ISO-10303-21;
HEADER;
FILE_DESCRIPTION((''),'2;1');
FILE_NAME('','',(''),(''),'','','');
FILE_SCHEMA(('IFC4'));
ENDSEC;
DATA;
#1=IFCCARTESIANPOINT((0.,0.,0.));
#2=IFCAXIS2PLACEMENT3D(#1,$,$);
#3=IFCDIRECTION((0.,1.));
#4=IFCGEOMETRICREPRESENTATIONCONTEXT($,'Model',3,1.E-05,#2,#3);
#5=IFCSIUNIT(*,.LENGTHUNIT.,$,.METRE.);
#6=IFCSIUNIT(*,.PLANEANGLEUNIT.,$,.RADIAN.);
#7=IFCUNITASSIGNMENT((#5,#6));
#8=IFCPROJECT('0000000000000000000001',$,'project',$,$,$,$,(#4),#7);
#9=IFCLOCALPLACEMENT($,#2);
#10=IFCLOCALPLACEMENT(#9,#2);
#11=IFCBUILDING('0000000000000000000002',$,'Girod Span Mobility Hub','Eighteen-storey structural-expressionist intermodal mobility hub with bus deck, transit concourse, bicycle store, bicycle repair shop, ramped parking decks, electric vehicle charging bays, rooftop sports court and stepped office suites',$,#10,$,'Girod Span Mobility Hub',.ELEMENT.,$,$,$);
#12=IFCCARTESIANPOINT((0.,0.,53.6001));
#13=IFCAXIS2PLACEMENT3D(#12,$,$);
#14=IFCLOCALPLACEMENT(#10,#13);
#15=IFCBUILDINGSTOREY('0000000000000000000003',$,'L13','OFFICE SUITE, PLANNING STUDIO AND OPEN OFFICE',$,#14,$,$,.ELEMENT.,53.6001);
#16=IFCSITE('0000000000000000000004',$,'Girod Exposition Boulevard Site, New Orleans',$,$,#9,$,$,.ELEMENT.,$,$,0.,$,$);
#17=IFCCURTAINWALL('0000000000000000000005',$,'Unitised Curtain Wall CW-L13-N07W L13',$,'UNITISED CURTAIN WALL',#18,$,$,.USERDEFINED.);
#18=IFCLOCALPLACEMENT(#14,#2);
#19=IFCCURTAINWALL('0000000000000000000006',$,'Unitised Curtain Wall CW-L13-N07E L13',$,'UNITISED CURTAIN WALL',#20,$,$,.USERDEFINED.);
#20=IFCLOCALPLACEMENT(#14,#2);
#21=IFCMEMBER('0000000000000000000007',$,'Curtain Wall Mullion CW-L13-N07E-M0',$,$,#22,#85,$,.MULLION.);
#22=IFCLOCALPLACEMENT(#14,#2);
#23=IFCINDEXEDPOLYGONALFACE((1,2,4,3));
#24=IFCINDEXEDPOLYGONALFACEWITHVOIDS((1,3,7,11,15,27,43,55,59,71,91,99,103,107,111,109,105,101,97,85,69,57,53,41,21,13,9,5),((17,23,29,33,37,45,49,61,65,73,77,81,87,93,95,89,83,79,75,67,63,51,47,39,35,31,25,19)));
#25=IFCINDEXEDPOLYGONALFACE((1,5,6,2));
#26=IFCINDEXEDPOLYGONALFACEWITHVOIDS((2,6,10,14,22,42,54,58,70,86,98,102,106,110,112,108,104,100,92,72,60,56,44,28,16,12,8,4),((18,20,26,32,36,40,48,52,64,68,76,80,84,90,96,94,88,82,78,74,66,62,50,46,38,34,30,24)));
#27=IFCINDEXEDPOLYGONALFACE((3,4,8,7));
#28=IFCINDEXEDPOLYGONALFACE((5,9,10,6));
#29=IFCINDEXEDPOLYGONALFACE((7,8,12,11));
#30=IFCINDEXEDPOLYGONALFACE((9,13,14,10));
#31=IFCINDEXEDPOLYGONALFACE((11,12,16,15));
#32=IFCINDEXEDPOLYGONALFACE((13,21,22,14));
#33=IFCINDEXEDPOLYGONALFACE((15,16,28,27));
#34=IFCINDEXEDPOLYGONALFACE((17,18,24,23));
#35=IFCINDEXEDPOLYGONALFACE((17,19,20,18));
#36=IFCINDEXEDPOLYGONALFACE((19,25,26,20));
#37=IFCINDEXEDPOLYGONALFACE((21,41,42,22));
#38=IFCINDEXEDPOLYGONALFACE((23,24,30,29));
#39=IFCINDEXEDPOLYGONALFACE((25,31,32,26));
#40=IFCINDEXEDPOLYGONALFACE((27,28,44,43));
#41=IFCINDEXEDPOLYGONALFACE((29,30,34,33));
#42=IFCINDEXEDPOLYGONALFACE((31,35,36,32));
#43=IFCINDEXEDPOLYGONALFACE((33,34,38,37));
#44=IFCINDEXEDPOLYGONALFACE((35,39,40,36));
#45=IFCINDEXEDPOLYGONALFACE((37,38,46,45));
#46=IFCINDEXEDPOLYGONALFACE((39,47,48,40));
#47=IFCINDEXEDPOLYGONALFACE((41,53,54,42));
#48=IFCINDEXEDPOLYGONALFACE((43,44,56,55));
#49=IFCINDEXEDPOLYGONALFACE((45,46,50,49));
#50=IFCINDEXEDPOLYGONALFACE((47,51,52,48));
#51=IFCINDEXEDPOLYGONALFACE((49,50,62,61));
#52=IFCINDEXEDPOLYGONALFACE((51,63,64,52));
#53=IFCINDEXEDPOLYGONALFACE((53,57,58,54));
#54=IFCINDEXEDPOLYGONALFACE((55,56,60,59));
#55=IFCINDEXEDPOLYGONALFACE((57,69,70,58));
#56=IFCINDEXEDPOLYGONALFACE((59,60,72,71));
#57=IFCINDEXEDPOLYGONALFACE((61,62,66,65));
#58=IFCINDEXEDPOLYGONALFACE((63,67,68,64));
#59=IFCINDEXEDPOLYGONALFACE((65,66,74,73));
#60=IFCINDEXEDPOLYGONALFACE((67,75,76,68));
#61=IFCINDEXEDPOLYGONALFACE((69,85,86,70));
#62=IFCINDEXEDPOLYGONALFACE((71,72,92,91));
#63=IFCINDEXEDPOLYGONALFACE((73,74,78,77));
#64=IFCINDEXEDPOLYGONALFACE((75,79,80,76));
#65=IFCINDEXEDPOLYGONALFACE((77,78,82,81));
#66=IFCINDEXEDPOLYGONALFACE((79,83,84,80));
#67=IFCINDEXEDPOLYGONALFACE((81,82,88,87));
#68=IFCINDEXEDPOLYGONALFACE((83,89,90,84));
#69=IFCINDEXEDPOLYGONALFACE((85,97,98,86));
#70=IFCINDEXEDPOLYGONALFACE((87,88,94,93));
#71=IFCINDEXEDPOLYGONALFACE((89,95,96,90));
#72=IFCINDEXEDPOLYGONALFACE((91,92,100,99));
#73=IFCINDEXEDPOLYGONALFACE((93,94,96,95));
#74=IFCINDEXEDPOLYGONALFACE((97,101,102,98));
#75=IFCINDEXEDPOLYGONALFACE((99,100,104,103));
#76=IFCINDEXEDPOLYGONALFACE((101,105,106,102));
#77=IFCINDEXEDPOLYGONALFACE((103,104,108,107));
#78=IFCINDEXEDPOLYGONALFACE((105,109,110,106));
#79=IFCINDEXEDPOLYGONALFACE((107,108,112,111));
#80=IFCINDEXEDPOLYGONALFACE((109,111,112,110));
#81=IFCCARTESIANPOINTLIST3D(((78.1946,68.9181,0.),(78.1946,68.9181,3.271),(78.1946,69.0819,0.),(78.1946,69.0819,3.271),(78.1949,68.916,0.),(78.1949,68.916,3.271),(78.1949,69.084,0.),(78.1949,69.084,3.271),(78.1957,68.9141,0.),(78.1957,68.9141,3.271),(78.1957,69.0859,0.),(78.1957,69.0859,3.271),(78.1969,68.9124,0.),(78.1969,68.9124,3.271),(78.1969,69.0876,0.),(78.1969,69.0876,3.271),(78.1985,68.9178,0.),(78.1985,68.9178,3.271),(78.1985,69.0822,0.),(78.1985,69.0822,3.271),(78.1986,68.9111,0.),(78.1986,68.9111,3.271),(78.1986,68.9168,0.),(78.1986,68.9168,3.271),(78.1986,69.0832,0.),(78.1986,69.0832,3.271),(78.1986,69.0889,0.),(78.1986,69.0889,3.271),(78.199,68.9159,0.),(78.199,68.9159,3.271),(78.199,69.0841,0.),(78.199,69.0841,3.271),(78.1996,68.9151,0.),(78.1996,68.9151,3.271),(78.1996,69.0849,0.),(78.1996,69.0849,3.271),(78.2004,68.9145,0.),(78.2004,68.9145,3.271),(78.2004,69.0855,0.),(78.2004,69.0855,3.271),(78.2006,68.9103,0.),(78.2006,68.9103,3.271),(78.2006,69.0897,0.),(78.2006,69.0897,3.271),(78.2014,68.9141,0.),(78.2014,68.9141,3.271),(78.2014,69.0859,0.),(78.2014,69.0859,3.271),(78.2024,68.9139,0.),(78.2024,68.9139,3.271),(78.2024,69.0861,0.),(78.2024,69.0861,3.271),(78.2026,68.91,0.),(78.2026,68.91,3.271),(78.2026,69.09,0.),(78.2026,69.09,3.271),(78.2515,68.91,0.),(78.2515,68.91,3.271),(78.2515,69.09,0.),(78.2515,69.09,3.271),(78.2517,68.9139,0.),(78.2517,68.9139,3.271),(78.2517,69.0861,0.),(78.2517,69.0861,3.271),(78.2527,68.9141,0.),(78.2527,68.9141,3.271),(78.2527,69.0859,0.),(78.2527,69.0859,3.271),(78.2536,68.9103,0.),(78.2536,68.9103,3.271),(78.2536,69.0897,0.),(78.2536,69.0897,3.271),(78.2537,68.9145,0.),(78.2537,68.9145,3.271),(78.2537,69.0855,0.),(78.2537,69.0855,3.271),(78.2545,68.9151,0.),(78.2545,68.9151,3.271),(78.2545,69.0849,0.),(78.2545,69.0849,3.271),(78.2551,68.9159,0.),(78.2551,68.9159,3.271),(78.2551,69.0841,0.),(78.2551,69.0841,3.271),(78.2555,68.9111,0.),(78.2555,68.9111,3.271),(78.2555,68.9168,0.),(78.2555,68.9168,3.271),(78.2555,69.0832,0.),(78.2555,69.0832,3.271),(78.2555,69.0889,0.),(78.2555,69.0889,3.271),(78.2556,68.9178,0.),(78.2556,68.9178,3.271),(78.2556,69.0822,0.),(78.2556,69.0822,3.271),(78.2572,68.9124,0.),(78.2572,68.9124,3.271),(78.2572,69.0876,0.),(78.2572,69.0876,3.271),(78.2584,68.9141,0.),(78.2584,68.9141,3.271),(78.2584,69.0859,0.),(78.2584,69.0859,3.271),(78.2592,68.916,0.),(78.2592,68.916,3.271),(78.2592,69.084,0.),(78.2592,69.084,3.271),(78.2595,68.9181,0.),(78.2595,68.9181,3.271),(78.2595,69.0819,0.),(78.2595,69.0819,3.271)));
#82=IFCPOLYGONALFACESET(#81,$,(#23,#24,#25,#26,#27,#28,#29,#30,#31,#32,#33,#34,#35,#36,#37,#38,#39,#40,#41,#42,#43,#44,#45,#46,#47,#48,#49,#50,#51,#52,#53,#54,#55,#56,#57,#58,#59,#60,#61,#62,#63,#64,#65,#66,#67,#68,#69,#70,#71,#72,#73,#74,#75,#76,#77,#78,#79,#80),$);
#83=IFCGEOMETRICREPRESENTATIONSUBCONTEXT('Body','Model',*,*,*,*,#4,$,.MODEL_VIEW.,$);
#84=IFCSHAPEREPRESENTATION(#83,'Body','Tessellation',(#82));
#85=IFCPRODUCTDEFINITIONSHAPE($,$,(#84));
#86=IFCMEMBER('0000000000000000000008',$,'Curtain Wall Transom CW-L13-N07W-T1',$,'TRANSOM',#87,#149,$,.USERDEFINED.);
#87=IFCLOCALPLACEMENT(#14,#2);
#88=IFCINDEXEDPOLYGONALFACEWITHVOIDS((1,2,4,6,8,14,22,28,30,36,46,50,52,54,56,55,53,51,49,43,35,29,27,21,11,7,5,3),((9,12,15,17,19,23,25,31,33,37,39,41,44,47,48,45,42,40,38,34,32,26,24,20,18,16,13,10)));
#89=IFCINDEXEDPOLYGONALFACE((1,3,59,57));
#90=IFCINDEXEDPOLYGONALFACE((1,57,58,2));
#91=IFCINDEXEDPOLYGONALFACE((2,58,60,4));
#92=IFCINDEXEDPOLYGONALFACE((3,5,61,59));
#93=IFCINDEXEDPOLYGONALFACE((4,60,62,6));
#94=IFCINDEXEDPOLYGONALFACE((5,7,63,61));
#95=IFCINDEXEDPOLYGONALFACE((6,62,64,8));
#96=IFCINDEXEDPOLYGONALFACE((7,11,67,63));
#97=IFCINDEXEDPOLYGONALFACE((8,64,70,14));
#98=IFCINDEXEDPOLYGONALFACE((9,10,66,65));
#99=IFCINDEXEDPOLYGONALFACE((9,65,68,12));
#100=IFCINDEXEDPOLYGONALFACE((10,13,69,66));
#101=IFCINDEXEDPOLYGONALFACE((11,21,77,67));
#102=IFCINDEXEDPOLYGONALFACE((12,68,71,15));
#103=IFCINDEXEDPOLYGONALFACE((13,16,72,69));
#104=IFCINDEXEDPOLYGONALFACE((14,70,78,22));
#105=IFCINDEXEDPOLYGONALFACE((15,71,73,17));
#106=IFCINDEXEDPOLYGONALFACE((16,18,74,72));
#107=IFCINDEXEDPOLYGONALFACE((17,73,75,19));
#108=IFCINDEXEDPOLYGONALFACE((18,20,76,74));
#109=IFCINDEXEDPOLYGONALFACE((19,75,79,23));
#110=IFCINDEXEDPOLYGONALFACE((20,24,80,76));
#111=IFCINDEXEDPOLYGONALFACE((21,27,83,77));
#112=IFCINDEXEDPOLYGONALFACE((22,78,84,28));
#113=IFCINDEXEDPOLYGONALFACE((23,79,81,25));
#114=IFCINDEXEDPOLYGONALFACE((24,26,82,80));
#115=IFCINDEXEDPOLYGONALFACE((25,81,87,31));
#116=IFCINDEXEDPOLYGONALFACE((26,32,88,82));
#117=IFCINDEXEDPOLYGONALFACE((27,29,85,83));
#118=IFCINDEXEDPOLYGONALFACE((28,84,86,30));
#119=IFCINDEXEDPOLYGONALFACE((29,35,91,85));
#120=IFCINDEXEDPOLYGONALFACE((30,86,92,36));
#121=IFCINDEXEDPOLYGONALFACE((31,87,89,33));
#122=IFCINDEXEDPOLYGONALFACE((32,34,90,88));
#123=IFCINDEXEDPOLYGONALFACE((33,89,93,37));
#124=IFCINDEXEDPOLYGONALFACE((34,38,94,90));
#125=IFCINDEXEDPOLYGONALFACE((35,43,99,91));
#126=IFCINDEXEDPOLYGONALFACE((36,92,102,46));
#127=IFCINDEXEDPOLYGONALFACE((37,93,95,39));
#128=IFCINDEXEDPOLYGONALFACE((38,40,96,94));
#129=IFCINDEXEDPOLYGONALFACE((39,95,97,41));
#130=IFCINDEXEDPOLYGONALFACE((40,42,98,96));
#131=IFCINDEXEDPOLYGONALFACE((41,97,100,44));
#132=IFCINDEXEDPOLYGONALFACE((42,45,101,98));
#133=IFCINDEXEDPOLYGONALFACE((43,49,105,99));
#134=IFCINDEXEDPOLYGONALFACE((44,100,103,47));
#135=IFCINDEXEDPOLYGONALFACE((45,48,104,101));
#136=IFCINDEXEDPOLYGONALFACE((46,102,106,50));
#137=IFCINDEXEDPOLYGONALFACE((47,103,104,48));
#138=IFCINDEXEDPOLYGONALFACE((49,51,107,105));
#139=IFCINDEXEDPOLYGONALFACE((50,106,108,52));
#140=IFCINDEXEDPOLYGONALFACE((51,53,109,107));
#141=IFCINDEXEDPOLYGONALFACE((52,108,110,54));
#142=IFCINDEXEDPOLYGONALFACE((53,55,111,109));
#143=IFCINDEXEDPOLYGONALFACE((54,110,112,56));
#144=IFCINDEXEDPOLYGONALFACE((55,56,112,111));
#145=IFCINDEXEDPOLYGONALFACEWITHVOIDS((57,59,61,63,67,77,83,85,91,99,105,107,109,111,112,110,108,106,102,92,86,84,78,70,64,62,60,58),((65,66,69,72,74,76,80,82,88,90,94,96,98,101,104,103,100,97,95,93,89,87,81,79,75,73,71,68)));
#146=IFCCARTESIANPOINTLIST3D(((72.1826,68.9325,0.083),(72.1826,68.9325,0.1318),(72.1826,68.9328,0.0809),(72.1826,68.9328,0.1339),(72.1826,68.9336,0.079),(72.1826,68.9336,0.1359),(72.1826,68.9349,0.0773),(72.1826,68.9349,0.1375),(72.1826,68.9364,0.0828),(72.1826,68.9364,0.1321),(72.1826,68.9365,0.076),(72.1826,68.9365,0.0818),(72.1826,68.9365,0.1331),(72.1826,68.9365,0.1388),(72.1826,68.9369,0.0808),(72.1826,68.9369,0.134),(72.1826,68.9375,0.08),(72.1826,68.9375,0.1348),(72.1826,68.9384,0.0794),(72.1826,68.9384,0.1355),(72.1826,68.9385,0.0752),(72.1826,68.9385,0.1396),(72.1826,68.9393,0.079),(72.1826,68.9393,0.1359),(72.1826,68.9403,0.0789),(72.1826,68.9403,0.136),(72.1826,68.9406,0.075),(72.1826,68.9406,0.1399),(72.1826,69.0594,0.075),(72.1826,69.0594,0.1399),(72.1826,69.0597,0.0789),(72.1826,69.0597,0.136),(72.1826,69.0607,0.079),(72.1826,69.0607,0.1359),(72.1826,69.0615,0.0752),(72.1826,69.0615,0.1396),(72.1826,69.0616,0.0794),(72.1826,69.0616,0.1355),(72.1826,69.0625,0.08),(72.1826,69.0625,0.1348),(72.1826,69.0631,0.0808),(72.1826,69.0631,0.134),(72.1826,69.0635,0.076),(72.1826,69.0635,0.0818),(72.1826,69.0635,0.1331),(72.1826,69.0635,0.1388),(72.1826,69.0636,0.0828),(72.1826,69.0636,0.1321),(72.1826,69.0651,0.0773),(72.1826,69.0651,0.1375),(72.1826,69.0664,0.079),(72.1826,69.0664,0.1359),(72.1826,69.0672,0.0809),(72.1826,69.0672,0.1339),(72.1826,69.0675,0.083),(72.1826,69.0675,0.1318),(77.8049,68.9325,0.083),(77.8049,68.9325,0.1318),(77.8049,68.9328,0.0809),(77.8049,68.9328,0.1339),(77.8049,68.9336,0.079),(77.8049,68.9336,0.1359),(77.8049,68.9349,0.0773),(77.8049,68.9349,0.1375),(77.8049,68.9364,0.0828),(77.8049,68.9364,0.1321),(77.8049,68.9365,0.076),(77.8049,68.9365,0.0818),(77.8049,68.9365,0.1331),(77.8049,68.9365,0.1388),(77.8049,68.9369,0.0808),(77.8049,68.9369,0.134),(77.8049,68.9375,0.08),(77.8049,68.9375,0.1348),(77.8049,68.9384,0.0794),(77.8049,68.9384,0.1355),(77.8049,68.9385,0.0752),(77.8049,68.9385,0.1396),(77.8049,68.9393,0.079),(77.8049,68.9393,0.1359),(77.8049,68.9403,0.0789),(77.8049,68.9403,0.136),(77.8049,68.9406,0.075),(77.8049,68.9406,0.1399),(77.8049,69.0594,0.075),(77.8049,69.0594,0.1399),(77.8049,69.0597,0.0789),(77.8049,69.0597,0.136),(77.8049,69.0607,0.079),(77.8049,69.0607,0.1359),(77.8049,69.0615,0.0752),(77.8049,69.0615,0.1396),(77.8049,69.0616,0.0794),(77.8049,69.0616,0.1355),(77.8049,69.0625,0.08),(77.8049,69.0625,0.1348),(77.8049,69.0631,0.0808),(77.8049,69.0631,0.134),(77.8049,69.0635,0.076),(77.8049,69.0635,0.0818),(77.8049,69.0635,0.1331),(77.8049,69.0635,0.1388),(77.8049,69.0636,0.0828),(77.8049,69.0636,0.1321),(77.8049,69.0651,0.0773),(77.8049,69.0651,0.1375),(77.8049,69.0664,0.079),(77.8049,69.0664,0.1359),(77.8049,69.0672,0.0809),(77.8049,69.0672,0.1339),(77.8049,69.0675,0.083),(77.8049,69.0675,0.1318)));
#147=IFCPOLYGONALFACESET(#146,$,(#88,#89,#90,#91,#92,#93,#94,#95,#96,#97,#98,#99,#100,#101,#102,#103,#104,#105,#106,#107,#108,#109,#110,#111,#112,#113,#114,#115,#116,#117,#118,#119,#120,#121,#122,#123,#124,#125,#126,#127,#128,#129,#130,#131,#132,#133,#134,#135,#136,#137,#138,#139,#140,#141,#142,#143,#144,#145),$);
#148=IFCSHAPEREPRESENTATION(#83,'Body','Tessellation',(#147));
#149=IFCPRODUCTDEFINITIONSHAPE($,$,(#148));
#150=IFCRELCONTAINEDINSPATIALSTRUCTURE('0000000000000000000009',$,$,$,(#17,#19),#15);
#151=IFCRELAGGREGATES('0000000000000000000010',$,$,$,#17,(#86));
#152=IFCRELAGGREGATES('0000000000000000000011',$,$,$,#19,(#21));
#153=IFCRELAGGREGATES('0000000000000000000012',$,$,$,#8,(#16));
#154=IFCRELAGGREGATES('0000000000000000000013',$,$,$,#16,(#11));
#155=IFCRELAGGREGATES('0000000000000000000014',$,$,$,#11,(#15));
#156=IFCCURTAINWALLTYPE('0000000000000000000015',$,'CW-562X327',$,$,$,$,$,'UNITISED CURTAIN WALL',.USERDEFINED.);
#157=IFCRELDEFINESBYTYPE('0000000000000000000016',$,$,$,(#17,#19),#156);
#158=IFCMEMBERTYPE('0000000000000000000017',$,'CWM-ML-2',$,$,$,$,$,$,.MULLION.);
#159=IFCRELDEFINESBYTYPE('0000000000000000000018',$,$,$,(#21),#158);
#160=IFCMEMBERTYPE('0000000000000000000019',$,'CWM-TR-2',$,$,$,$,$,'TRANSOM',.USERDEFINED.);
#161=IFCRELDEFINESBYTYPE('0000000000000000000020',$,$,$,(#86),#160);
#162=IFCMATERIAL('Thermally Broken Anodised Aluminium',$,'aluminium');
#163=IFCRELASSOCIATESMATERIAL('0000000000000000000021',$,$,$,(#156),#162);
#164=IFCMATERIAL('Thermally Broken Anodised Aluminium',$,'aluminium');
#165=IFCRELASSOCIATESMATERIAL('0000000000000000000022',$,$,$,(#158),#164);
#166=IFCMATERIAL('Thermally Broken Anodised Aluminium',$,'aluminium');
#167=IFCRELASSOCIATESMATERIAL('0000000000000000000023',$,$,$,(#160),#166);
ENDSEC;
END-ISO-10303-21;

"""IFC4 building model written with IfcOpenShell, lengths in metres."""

from ifc_helpers import new_model, si_unit, direction, frame, origin, origin_2d, place, context, subcontext, project, spatial, hollow_rectangle, extrude, material, material_profile, profile_set, type_object, element, aggregate, save


model = new_model("IFC4")

# Units and contexts
model_context = context("Model", 3, precision=1e-05, world=origin(), true_north=direction((0.0, 1.0)))
body_context = subcontext(model_context, "Body", "Model", "MODEL_VIEW")
ifc_project = project(units=[si_unit("LENGTHUNIT", "METRE"), si_unit("PLANEANGLEUNIT", "RADIAN")], contexts=[model_context])

# Site, building, storey
site_placement = place(None, origin())
site = spatial("IfcSite", under=ifc_project, at=site_placement, Name="Girod Exposition Boulevard Site, New Orleans", CompositionType="ELEMENT", RefElevation=0.0)
building_placement = place(site_placement, origin())
building = spatial("IfcBuilding", under=site, at=building_placement, Name="Girod Span Mobility Hub", Description="Eighteen-storey structural-expressionist intermodal mobility hub with bus deck, transit concourse, bicycle store, bicycle repair shop, ramped parking decks, electric vehicle charging bays, rooftop sports court and stepped office suites", LongName="Girod Span Mobility Hub", CompositionType="ELEMENT")
storey_placement = place(building_placement, frame((0.0, 0.0, 53.6001)))
storey = spatial("IfcBuildingStorey", under=building, at=storey_placement, Name="L13", Description="OFFICE SUITE, PLANNING STUDIO AND OPEN OFFICE", CompositionType="ELEMENT", Elevation=53.6001)

# Shared definitions
ifc_material_1 = material(Name="Thermally Broken Anodised Aluminium", Category="aluminium")
curtain_wall_type = type_object("IfcCurtainWallType", Name="CW-562X327", ElementType="UNITISED CURTAIN WALL", PredefinedType="USERDEFINED", material=ifc_material_1)
ifc_material_2 = material(Name="Thermally Broken Anodised Aluminium", Category="aluminium")
ifc_material_profile_1 = material_profile(ifc_material_2, hollow_rectangle(XDim=0.1799, YDim=0.0649, WallThickness=0.0039, InnerFilletRadius=0.0039, OuterFilletRadius=0.0081, at=origin_2d()), Name="CW-ML-65X180")
ifc_profile_set_1 = profile_set([ifc_material_profile_1], Name="Thermally Broken Anodised Aluminium")
member_type_1 = type_object("IfcMemberType", Name="CWM-ML-2", PredefinedType="MULLION", material=ifc_profile_set_1)

# Curtain wall
curtain_wall_1_placement = place(storey_placement, origin())
curtain_wall_1 = element("IfcCurtainWall", 1, at=curtain_wall_1_placement, inside=storey, type_object=curtain_wall_type, Name="Unitised Curtain Wall CW-L13-N07W L13", ObjectType="UNITISED CURTAIN WALL", PredefinedType="USERDEFINED")

# Curtain wall, member
curtain_wall_2_placement = place(storey_placement, origin())
curtain_wall_2 = element("IfcCurtainWall", 2, at=curtain_wall_2_placement, inside=storey, type_object=curtain_wall_type, Name="Unitised Curtain Wall CW-L13-N07E L13", ObjectType="UNITISED CURTAIN WALL", PredefinedType="USERDEFINED")
member_1_placement = place(storey_placement, frame((78.2271, 69.0, 0.0), z_axis=(0.0, 0.0, 1.0), x_axis=(0.0, 1.0, 0.0)))
member_1 = element("IfcMember", 3, at=member_1_placement, type_object=member_type_1, Name="Curtain Wall Mullion CW-L13-N07E-M0", PredefinedType="MULLION", context=body_context, shape_type="SweptSolid", body=[
    extrude(hollow_rectangle(XDim=0.1799, YDim=0.0649, WallThickness=0.0039, InnerFilletRadius=0.0039, OuterFilletRadius=0.0081, at=origin_2d()), origin(), (0.0, 0.0, 1.0), 3.271),
])

# Member
ifc_material_3 = material(Name="Thermally Broken Anodised Aluminium", Category="aluminium")
ifc_material_profile_2 = material_profile(ifc_material_3, hollow_rectangle(XDim=0.135, YDim=0.0649, WallThickness=0.0039, InnerFilletRadius=0.0039, OuterFilletRadius=0.0081, at=origin_2d()), Name="CW-TR-65X135")
ifc_profile_set_2 = profile_set([ifc_material_profile_2], Name="Thermally Broken Anodised Aluminium")
member_type_2 = type_object("IfcMemberType", Name="CWM-TR-2", ElementType="TRANSOM", PredefinedType="USERDEFINED", material=ifc_profile_set_2)
member_2_placement = place(storey_placement, frame((72.1826, 69.0, 0.1074), z_axis=(1.0, 0.0, 0.0), x_axis=(0.0, 1.0, 0.0)))
member_2 = element("IfcMember", 4, at=member_2_placement, type_object=member_type_2, Name="Curtain Wall Transom CW-L13-N07W-T1", ObjectType="TRANSOM", PredefinedType="USERDEFINED", context=body_context, shape_type="SweptSolid", body=[
    extrude(hollow_rectangle(XDim=0.135, YDim=0.0649, WallThickness=0.0039, InnerFilletRadius=0.0039, OuterFilletRadius=0.0081, at=origin_2d()), origin(), (0.0, 0.0, 1.0), 5.6223),
])

aggregate(curtain_wall_1, [member_2])
aggregate(curtain_wall_2, [member_1])

save(model, "model.ifc")
